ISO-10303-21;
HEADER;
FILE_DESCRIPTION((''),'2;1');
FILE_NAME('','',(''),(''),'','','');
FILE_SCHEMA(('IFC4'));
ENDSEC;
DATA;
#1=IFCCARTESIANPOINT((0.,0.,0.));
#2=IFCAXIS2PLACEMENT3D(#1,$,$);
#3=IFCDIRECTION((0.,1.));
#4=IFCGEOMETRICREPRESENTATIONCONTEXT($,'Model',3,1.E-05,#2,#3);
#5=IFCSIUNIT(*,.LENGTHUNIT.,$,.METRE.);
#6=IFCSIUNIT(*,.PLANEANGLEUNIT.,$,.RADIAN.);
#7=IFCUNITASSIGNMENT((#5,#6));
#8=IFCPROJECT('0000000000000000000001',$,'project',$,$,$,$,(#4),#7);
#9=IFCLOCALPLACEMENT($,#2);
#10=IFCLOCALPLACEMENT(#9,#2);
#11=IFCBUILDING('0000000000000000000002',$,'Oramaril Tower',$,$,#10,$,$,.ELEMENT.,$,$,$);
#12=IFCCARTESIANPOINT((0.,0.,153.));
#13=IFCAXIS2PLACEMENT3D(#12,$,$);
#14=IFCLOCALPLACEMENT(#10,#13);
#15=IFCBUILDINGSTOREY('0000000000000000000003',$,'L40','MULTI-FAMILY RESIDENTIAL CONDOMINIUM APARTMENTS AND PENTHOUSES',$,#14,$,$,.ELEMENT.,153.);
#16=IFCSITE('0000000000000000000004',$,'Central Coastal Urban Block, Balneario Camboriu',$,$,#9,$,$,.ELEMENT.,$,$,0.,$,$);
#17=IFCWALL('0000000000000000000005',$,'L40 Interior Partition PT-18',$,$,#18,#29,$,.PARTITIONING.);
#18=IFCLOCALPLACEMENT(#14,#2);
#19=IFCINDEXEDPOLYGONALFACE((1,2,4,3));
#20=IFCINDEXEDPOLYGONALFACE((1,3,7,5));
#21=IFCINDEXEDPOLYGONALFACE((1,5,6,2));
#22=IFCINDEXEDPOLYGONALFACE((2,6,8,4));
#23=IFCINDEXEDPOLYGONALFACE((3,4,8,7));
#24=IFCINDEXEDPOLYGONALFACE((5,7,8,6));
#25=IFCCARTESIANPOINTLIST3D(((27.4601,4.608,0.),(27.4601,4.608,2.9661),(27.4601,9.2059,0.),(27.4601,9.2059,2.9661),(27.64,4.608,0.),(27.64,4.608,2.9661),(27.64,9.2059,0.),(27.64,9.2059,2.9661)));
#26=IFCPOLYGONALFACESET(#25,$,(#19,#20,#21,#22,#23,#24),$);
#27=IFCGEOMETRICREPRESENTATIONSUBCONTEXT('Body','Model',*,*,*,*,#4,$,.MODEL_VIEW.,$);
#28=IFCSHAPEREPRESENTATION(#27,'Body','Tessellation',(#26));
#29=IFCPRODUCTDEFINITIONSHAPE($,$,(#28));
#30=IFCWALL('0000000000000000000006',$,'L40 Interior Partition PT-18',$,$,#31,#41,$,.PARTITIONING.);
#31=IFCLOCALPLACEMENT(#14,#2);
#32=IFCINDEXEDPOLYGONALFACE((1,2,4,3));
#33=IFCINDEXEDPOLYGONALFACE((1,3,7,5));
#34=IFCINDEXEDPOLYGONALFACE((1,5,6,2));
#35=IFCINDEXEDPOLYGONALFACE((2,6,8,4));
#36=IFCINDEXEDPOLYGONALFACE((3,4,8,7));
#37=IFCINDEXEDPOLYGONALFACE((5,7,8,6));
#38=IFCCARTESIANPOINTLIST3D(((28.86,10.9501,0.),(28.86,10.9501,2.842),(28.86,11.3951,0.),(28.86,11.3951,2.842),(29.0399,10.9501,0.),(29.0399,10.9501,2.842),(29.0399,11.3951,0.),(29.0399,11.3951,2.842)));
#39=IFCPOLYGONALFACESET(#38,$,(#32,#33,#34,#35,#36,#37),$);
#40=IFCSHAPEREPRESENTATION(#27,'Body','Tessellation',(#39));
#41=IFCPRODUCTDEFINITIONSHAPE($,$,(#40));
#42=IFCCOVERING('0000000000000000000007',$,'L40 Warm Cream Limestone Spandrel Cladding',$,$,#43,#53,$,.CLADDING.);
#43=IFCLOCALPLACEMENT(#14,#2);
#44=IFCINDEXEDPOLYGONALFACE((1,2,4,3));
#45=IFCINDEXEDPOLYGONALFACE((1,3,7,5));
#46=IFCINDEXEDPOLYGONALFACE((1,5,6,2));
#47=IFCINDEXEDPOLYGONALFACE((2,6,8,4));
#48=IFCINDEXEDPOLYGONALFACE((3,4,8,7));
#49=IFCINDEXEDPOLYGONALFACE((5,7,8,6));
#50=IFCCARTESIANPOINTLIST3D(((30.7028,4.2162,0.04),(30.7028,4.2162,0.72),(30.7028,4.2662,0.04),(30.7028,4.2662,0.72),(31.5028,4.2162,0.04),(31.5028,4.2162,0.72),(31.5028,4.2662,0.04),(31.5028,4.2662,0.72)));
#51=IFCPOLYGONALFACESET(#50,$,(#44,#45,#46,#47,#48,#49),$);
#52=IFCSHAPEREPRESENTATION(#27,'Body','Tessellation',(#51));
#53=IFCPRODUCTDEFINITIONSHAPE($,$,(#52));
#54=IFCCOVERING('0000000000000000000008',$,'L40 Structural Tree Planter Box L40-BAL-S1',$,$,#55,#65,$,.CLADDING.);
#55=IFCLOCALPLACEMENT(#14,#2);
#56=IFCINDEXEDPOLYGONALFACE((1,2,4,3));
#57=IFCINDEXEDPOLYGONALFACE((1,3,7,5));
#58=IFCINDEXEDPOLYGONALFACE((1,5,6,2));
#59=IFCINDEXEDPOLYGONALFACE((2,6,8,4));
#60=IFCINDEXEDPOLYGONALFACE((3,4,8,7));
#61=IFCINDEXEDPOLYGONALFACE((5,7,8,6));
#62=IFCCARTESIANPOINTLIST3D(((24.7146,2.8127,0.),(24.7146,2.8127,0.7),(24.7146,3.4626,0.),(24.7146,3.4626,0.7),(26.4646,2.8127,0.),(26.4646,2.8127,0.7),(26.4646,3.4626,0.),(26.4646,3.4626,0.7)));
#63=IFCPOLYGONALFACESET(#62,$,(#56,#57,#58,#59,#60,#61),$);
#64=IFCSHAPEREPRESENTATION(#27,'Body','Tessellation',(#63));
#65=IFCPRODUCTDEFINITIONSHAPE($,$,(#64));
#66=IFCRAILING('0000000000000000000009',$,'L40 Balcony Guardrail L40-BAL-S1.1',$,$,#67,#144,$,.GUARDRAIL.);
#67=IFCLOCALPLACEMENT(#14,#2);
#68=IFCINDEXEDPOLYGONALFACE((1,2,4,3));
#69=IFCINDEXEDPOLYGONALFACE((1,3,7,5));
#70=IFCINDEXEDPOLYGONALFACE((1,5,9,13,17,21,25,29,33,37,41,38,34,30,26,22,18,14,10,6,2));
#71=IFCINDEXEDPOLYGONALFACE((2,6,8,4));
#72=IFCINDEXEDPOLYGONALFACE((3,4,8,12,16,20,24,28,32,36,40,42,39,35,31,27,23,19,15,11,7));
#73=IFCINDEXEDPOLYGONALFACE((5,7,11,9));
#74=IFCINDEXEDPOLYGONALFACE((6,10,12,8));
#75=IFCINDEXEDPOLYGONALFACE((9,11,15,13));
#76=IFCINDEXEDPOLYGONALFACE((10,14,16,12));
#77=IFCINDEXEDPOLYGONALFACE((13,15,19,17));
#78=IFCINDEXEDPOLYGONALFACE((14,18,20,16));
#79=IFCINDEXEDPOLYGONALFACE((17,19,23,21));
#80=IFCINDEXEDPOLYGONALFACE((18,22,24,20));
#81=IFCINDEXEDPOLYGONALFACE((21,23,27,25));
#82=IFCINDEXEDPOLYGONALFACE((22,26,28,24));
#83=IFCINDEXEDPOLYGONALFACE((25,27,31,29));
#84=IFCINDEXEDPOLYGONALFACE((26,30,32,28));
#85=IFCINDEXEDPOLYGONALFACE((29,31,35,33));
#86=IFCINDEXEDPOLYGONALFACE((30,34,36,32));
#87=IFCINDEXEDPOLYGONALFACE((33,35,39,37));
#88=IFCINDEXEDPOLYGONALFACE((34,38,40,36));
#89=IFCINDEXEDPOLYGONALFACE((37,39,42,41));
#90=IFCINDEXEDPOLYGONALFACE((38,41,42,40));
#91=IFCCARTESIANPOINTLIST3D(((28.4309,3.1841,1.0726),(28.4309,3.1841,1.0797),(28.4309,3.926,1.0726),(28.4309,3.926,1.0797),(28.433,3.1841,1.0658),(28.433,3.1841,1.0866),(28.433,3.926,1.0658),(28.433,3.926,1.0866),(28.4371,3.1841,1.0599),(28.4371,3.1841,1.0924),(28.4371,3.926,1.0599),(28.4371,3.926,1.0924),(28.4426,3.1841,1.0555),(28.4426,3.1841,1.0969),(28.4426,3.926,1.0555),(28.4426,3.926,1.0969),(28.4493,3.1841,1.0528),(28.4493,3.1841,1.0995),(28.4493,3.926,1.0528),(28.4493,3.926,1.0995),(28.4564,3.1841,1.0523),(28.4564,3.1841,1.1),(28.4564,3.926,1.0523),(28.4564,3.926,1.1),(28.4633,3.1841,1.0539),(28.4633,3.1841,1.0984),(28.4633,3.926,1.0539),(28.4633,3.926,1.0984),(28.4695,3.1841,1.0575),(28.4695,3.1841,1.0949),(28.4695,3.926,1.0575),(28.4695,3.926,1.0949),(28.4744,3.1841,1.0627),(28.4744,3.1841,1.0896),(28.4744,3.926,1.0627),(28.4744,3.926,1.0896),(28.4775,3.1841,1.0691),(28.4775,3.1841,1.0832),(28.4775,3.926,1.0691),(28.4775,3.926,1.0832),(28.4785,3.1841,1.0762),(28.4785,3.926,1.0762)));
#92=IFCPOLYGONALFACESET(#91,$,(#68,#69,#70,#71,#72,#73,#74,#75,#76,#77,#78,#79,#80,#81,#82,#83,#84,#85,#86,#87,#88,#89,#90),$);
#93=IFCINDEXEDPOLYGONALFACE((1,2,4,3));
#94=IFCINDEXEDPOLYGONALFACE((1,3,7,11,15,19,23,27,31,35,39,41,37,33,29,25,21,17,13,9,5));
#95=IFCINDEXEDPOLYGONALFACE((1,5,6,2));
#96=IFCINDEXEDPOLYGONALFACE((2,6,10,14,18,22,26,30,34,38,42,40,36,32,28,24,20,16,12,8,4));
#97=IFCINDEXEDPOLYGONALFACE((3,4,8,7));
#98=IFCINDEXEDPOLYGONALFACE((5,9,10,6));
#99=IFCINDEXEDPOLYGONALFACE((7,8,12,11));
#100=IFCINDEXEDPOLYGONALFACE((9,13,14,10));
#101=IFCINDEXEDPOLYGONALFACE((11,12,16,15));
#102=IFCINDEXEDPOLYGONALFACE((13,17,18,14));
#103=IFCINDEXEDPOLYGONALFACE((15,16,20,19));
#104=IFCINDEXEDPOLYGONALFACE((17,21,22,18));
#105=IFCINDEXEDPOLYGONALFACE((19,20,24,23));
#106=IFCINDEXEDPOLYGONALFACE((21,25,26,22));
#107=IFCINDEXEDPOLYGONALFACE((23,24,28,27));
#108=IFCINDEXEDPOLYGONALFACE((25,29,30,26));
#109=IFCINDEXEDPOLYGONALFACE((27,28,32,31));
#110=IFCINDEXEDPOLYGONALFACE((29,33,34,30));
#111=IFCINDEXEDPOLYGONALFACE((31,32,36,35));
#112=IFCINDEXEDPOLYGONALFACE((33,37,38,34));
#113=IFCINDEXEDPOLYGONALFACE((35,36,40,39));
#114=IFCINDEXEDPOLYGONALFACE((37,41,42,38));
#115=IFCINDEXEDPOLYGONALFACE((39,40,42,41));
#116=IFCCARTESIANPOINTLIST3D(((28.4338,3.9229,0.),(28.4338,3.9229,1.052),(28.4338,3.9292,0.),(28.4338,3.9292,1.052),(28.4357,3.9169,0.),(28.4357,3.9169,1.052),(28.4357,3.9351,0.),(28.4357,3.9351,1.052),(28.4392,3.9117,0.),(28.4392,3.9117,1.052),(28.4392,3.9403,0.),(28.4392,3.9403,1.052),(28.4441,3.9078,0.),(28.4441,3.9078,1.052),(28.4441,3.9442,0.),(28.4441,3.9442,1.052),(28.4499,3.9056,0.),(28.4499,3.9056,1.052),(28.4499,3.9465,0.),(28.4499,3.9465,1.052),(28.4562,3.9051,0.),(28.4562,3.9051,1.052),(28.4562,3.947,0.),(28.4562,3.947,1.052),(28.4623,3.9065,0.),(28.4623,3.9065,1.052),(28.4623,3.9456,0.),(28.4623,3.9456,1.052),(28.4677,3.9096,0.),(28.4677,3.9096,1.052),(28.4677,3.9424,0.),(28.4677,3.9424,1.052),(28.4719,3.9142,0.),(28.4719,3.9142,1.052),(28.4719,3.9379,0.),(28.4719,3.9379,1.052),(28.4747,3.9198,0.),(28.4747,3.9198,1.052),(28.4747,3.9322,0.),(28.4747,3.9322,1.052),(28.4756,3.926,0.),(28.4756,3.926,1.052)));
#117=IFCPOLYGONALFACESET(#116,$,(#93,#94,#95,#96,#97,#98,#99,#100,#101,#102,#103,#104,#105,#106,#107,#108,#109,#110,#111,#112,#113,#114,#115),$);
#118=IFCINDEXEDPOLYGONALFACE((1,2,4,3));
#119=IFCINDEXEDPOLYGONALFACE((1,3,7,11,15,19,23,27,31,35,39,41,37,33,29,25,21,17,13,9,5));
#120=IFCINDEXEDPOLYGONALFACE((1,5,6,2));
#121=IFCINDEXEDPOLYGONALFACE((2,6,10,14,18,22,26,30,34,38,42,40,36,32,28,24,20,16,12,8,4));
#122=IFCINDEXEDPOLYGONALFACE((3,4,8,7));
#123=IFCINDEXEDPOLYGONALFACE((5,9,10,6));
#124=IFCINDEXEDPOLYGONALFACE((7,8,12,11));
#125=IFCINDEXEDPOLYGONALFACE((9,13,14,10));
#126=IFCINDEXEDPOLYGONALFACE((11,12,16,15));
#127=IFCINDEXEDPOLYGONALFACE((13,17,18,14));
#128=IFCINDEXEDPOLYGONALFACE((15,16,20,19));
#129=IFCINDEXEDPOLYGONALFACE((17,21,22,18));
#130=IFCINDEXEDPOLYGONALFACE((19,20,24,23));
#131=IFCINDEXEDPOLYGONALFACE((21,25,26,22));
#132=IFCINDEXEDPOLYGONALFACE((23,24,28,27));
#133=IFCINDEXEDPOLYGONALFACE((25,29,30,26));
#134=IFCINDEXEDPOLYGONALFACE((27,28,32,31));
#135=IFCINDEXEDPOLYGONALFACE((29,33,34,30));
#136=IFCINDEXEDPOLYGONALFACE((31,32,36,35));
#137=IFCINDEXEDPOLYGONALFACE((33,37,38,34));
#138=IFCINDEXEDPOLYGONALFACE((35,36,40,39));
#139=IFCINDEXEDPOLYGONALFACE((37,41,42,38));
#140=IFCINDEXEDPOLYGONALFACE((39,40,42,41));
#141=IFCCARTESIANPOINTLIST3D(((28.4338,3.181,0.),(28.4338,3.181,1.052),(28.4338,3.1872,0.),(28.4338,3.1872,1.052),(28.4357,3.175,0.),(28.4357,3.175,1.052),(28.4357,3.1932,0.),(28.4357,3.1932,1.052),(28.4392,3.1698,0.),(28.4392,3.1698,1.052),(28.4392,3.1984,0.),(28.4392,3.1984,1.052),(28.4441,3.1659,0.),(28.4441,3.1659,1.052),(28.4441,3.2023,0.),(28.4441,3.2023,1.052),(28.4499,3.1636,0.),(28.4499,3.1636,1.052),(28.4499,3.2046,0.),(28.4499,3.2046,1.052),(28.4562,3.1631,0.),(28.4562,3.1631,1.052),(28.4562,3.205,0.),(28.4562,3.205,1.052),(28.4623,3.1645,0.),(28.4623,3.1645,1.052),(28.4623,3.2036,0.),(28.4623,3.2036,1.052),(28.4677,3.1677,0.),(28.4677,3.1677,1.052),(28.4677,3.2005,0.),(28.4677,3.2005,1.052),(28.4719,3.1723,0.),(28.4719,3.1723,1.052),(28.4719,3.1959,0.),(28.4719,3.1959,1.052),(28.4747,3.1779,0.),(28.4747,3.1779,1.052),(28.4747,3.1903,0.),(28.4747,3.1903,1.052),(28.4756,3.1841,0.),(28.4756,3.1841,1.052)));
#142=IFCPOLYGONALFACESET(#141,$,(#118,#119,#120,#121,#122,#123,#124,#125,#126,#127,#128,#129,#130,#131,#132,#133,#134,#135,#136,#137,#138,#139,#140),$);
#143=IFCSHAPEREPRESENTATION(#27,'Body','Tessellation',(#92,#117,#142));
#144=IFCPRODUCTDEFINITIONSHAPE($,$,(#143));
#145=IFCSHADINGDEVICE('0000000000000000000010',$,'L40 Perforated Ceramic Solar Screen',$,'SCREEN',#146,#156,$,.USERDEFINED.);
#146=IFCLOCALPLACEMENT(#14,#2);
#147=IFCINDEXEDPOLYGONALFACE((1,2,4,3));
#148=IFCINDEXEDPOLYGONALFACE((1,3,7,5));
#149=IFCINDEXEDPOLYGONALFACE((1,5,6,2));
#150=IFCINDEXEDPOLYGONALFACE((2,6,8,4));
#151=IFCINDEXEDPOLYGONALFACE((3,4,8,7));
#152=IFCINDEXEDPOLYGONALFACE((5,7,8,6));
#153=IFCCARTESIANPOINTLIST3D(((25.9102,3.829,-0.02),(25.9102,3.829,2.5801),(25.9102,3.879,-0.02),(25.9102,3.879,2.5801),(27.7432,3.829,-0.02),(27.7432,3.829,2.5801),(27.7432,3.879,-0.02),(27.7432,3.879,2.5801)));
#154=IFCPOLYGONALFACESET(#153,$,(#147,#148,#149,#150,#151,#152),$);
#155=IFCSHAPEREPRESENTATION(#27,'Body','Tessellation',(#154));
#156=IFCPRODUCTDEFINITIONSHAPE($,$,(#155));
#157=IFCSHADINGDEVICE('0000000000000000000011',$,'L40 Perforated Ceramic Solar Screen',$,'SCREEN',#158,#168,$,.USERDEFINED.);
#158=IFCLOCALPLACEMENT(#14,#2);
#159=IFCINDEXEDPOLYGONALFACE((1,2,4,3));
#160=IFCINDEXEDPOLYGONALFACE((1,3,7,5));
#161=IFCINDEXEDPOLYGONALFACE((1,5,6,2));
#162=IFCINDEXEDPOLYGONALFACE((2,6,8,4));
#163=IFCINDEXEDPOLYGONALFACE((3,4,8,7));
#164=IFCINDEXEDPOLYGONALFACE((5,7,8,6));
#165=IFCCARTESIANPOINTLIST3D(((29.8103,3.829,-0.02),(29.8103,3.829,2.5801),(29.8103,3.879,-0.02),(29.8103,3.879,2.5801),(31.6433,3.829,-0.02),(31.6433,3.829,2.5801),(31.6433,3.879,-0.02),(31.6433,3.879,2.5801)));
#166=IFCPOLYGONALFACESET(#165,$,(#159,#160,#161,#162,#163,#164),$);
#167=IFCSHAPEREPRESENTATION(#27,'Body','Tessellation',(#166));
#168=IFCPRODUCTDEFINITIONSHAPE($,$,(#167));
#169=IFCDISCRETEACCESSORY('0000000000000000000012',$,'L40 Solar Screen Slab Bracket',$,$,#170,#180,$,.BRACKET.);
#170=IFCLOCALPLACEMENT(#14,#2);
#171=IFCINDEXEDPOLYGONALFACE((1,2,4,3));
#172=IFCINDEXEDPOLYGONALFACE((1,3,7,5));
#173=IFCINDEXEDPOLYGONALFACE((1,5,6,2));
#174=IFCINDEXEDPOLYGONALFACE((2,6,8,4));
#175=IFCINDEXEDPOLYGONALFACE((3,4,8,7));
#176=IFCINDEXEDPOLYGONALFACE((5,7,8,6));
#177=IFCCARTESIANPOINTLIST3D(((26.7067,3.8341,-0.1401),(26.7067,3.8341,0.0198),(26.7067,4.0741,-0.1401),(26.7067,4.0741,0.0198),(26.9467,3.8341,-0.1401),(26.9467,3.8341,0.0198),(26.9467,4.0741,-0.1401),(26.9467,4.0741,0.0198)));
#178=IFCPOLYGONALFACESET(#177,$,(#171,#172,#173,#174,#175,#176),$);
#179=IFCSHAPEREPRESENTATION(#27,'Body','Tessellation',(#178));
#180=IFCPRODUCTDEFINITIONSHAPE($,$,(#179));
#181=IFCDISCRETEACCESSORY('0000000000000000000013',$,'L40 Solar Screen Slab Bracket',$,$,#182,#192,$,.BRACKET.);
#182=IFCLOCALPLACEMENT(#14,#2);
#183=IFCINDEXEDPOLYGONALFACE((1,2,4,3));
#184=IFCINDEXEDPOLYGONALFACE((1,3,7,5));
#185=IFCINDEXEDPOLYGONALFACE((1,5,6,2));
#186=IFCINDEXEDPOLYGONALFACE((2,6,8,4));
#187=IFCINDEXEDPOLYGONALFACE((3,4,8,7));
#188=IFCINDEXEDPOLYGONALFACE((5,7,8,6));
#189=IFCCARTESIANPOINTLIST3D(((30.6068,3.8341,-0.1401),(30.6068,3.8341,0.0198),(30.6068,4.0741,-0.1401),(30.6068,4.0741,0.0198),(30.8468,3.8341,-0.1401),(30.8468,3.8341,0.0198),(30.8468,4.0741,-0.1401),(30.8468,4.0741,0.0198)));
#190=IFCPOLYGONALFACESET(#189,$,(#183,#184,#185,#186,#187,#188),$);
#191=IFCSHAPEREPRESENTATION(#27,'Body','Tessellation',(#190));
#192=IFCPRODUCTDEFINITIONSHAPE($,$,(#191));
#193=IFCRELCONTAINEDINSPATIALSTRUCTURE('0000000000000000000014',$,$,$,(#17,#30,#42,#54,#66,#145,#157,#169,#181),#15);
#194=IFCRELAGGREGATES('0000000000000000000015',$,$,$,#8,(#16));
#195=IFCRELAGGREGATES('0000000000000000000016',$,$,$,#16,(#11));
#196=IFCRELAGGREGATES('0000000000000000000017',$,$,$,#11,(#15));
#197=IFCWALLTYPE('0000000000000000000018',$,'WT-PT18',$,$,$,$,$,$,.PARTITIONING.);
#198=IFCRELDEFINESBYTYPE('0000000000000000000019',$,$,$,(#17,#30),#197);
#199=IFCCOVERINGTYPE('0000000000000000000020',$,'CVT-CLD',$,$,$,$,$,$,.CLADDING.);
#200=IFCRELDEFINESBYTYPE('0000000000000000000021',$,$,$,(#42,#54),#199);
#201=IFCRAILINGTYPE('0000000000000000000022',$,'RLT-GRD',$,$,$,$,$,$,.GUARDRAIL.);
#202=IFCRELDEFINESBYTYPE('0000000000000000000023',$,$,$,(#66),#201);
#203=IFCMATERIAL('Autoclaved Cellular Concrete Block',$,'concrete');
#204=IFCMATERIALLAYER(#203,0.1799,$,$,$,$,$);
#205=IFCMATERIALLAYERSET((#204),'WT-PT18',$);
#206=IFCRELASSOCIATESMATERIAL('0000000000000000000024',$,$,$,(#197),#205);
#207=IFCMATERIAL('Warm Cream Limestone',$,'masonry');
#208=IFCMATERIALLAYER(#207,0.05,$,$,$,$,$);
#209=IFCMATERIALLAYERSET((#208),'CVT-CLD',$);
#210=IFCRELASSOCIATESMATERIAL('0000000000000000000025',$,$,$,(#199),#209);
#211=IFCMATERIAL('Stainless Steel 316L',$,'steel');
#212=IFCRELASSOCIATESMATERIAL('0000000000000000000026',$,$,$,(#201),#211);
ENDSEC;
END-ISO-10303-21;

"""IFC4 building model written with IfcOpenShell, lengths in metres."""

from ifc_helpers import new_model, si_unit, direction, frame, frame_2d, origin, origin_2d, place, context, subcontext, project, spatial, rectangle, circle, extrude, material, layer, layer_set, type_object, element, save


model = new_model("IFC4")

# Units and contexts
model_context = context("Model", 3, precision=1e-05, world=origin(), true_north=direction((0.0, 1.0)))
body_context = subcontext(model_context, "Body", "Model", "MODEL_VIEW")
ifc_project = project(units=[si_unit("LENGTHUNIT", "METRE"), si_unit("PLANEANGLEUNIT", "RADIAN")], contexts=[model_context])

# Site, building, storey
site_placement = place(None, origin())
site = spatial("IfcSite", under=ifc_project, at=site_placement, Name="Central Coastal Urban Block, Balneario Camboriu", CompositionType="ELEMENT", RefElevation=0.0)
building_placement = place(site_placement, origin())
building = spatial("IfcBuilding", under=site, at=building_placement, Name="Oramaril Tower", CompositionType="ELEMENT")
storey_placement = place(building_placement, frame((0.0, 0.0, 153.0)))
storey = spatial("IfcBuildingStorey", under=building, at=storey_placement, Name="L40", Description="MULTI-FAMILY RESIDENTIAL CONDOMINIUM APARTMENTS AND PENTHOUSES", CompositionType="ELEMENT", Elevation=153.0)

# Walls
ifc_material_1 = material(Name="Autoclaved Cellular Concrete Block", Category="concrete")
ifc_layer_1 = layer(ifc_material_1, 0.1799)
ifc_layer_set_1 = layer_set([ifc_layer_1], Name="WT-PT18")
wall_type = type_object("IfcWallType", Name="WT-PT18", PredefinedType="PARTITIONING", material=ifc_layer_set_1)
wall_1_placement = place(storey_placement, frame((27.55, 4.6082, 0.0), z_axis=(0.0, 0.0, 1.0), x_axis=(0.0, 1.0, 0.0)))
element("IfcWall", 1, at=wall_1_placement, inside=storey, type_object=wall_type, Name="L40 Interior Partition PT-18", PredefinedType="PARTITIONING", context=body_context, shape_type="SweptSolid", body=[
    extrude(rectangle(XDim=4.5979, YDim=0.1799, at=frame_2d((2.2988, 0.0))), origin(), (0.0, 0.0, 1.0), 2.9661),
])
wall_2_placement = place(storey_placement, frame((28.95, 10.95, 0.0), z_axis=(0.0, 0.0, 1.0), x_axis=(0.0, 1.0, 0.0)))
element("IfcWall", 2, at=wall_2_placement, inside=storey, type_object=wall_type, Name="L40 Interior Partition PT-18", PredefinedType="PARTITIONING", context=body_context, shape_type="SweptSolid", body=[
    extrude(rectangle(XDim=0.4451, YDim=0.1799, at=frame_2d((0.2227, 0.0))), origin(), (0.0, 0.0, 1.0), 2.842),
])

# Coverings
ifc_material_2 = material(Name="Warm Cream Limestone", Category="masonry")
ifc_layer_2 = layer(ifc_material_2, 0.05)
ifc_layer_set_2 = layer_set([ifc_layer_2], Name="CVT-CLD")
covering_type = type_object("IfcCoveringType", Name="CVT-CLD", PredefinedType="CLADDING", material=ifc_layer_set_2)
covering_1_placement = place(storey_placement, frame((31.1028, 4.2412, 0.04), z_axis=(0.0, 0.0, 1.0), x_axis=(1.0, 0.0, 0.0)))
element("IfcCovering", 3, at=covering_1_placement, inside=storey, type_object=covering_type, Name="L40 Warm Cream Limestone Spandrel Cladding", PredefinedType="CLADDING", context=body_context, shape_type="SweptSolid", body=[
    extrude(rectangle(XDim=0.8, YDim=0.05, at=origin_2d()), origin(), (0.0, 0.0, 1.0), 0.6799),
])
covering_2_placement = place(storey_placement, frame((25.5896, 3.1377, 0.0), z_axis=(0.0, 0.0, 1.0), x_axis=(1.0, 0.0, 0.0)))
element("IfcCovering", 4, at=covering_2_placement, inside=storey, type_object=covering_type, Name="L40 Structural Tree Planter Box L40-BAL-S1", PredefinedType="CLADDING", context=body_context, shape_type="SweptSolid", body=[
    extrude(rectangle(XDim=1.75, YDim=0.6499, at=origin_2d()), origin(), (0.0, 0.0, 1.0), 0.7),
])

# Railing
ifc_material_3 = material(Name="Stainless Steel 316L", Category="steel")
railing_type = type_object("IfcRailingType", Name="RLT-GRD", PredefinedType="GUARDRAIL", material=ifc_material_3)
railing_1_placement = place(storey_placement, frame((28.4546, 3.926, 0.0)))
element("IfcRailing", 5, at=railing_1_placement, inside=storey, type_object=railing_type, Name="L40 Balcony Guardrail L40-BAL-S1.1", PredefinedType="GUARDRAIL", context=body_context, shape_type="SweptSolid", body=[
    extrude(circle(Radius=0.0239, at=origin_2d()), frame((0.0, 0.0, 1.0762), z_axis=(0.0, -1.0, 0.0), x_axis=(1.0, 0.0, 0.0)), (0.0, 0.0, 1.0), 0.7419),
    extrude(circle(Radius=0.021, at=origin_2d()), origin(), (0.0, 0.0, 1.0), 1.052),
    extrude(circle(Radius=0.021, at=origin_2d()), frame((0.0, -0.7419, 0.0)), (0.0, 0.0, 1.0), 1.052),
])

# Shading devices
for number, where, z_axis, x_axis, name in (
    (6, (26.8267, 3.854, -0.02), (0.0, 0.0, 1.0), (1.0, 0.0, 0.0), "L40 Perforated Ceramic Solar Screen"),
    (7, (30.7268, 3.854, -0.02), (0.0, 0.0, 1.0), (1.0, 0.0, 0.0), "L40 Perforated Ceramic Solar Screen"),
):
    element("IfcShadingDevice", number, at=place(storey_placement, frame(where, z_axis=z_axis, x_axis=x_axis)), inside=storey, Name=name, ObjectType="SCREEN", PredefinedType="USERDEFINED", context=body_context, shape_type="SweptSolid", body=[
        extrude(rectangle(XDim=1.833, YDim=0.05, at=origin_2d()), origin(), (0.0, 0.0, 1.0), 2.6001),
    ])

# Discrete accessories
for number, where, z_axis, x_axis, name in (
    (8, (26.8267, 3.9541, -0.1401), (0.0, 0.0, 1.0), (1.0, 0.0, 0.0), "L40 Solar Screen Slab Bracket"),
    (9, (30.7268, 3.9541, -0.1401), (0.0, 0.0, 1.0), (1.0, 0.0, 0.0), "L40 Solar Screen Slab Bracket"),
):
    element("IfcDiscreteAccessory", number, at=place(storey_placement, frame(where, z_axis=z_axis, x_axis=x_axis)), inside=storey, Name=name, PredefinedType="BRACKET", context=body_context, shape_type="SweptSolid", body=[
        extrude(rectangle(XDim=0.24, YDim=0.24, at=origin_2d()), origin(), (0.0, 0.0, 1.0), 0.1599),
    ])

save(model, "model.ifc")
